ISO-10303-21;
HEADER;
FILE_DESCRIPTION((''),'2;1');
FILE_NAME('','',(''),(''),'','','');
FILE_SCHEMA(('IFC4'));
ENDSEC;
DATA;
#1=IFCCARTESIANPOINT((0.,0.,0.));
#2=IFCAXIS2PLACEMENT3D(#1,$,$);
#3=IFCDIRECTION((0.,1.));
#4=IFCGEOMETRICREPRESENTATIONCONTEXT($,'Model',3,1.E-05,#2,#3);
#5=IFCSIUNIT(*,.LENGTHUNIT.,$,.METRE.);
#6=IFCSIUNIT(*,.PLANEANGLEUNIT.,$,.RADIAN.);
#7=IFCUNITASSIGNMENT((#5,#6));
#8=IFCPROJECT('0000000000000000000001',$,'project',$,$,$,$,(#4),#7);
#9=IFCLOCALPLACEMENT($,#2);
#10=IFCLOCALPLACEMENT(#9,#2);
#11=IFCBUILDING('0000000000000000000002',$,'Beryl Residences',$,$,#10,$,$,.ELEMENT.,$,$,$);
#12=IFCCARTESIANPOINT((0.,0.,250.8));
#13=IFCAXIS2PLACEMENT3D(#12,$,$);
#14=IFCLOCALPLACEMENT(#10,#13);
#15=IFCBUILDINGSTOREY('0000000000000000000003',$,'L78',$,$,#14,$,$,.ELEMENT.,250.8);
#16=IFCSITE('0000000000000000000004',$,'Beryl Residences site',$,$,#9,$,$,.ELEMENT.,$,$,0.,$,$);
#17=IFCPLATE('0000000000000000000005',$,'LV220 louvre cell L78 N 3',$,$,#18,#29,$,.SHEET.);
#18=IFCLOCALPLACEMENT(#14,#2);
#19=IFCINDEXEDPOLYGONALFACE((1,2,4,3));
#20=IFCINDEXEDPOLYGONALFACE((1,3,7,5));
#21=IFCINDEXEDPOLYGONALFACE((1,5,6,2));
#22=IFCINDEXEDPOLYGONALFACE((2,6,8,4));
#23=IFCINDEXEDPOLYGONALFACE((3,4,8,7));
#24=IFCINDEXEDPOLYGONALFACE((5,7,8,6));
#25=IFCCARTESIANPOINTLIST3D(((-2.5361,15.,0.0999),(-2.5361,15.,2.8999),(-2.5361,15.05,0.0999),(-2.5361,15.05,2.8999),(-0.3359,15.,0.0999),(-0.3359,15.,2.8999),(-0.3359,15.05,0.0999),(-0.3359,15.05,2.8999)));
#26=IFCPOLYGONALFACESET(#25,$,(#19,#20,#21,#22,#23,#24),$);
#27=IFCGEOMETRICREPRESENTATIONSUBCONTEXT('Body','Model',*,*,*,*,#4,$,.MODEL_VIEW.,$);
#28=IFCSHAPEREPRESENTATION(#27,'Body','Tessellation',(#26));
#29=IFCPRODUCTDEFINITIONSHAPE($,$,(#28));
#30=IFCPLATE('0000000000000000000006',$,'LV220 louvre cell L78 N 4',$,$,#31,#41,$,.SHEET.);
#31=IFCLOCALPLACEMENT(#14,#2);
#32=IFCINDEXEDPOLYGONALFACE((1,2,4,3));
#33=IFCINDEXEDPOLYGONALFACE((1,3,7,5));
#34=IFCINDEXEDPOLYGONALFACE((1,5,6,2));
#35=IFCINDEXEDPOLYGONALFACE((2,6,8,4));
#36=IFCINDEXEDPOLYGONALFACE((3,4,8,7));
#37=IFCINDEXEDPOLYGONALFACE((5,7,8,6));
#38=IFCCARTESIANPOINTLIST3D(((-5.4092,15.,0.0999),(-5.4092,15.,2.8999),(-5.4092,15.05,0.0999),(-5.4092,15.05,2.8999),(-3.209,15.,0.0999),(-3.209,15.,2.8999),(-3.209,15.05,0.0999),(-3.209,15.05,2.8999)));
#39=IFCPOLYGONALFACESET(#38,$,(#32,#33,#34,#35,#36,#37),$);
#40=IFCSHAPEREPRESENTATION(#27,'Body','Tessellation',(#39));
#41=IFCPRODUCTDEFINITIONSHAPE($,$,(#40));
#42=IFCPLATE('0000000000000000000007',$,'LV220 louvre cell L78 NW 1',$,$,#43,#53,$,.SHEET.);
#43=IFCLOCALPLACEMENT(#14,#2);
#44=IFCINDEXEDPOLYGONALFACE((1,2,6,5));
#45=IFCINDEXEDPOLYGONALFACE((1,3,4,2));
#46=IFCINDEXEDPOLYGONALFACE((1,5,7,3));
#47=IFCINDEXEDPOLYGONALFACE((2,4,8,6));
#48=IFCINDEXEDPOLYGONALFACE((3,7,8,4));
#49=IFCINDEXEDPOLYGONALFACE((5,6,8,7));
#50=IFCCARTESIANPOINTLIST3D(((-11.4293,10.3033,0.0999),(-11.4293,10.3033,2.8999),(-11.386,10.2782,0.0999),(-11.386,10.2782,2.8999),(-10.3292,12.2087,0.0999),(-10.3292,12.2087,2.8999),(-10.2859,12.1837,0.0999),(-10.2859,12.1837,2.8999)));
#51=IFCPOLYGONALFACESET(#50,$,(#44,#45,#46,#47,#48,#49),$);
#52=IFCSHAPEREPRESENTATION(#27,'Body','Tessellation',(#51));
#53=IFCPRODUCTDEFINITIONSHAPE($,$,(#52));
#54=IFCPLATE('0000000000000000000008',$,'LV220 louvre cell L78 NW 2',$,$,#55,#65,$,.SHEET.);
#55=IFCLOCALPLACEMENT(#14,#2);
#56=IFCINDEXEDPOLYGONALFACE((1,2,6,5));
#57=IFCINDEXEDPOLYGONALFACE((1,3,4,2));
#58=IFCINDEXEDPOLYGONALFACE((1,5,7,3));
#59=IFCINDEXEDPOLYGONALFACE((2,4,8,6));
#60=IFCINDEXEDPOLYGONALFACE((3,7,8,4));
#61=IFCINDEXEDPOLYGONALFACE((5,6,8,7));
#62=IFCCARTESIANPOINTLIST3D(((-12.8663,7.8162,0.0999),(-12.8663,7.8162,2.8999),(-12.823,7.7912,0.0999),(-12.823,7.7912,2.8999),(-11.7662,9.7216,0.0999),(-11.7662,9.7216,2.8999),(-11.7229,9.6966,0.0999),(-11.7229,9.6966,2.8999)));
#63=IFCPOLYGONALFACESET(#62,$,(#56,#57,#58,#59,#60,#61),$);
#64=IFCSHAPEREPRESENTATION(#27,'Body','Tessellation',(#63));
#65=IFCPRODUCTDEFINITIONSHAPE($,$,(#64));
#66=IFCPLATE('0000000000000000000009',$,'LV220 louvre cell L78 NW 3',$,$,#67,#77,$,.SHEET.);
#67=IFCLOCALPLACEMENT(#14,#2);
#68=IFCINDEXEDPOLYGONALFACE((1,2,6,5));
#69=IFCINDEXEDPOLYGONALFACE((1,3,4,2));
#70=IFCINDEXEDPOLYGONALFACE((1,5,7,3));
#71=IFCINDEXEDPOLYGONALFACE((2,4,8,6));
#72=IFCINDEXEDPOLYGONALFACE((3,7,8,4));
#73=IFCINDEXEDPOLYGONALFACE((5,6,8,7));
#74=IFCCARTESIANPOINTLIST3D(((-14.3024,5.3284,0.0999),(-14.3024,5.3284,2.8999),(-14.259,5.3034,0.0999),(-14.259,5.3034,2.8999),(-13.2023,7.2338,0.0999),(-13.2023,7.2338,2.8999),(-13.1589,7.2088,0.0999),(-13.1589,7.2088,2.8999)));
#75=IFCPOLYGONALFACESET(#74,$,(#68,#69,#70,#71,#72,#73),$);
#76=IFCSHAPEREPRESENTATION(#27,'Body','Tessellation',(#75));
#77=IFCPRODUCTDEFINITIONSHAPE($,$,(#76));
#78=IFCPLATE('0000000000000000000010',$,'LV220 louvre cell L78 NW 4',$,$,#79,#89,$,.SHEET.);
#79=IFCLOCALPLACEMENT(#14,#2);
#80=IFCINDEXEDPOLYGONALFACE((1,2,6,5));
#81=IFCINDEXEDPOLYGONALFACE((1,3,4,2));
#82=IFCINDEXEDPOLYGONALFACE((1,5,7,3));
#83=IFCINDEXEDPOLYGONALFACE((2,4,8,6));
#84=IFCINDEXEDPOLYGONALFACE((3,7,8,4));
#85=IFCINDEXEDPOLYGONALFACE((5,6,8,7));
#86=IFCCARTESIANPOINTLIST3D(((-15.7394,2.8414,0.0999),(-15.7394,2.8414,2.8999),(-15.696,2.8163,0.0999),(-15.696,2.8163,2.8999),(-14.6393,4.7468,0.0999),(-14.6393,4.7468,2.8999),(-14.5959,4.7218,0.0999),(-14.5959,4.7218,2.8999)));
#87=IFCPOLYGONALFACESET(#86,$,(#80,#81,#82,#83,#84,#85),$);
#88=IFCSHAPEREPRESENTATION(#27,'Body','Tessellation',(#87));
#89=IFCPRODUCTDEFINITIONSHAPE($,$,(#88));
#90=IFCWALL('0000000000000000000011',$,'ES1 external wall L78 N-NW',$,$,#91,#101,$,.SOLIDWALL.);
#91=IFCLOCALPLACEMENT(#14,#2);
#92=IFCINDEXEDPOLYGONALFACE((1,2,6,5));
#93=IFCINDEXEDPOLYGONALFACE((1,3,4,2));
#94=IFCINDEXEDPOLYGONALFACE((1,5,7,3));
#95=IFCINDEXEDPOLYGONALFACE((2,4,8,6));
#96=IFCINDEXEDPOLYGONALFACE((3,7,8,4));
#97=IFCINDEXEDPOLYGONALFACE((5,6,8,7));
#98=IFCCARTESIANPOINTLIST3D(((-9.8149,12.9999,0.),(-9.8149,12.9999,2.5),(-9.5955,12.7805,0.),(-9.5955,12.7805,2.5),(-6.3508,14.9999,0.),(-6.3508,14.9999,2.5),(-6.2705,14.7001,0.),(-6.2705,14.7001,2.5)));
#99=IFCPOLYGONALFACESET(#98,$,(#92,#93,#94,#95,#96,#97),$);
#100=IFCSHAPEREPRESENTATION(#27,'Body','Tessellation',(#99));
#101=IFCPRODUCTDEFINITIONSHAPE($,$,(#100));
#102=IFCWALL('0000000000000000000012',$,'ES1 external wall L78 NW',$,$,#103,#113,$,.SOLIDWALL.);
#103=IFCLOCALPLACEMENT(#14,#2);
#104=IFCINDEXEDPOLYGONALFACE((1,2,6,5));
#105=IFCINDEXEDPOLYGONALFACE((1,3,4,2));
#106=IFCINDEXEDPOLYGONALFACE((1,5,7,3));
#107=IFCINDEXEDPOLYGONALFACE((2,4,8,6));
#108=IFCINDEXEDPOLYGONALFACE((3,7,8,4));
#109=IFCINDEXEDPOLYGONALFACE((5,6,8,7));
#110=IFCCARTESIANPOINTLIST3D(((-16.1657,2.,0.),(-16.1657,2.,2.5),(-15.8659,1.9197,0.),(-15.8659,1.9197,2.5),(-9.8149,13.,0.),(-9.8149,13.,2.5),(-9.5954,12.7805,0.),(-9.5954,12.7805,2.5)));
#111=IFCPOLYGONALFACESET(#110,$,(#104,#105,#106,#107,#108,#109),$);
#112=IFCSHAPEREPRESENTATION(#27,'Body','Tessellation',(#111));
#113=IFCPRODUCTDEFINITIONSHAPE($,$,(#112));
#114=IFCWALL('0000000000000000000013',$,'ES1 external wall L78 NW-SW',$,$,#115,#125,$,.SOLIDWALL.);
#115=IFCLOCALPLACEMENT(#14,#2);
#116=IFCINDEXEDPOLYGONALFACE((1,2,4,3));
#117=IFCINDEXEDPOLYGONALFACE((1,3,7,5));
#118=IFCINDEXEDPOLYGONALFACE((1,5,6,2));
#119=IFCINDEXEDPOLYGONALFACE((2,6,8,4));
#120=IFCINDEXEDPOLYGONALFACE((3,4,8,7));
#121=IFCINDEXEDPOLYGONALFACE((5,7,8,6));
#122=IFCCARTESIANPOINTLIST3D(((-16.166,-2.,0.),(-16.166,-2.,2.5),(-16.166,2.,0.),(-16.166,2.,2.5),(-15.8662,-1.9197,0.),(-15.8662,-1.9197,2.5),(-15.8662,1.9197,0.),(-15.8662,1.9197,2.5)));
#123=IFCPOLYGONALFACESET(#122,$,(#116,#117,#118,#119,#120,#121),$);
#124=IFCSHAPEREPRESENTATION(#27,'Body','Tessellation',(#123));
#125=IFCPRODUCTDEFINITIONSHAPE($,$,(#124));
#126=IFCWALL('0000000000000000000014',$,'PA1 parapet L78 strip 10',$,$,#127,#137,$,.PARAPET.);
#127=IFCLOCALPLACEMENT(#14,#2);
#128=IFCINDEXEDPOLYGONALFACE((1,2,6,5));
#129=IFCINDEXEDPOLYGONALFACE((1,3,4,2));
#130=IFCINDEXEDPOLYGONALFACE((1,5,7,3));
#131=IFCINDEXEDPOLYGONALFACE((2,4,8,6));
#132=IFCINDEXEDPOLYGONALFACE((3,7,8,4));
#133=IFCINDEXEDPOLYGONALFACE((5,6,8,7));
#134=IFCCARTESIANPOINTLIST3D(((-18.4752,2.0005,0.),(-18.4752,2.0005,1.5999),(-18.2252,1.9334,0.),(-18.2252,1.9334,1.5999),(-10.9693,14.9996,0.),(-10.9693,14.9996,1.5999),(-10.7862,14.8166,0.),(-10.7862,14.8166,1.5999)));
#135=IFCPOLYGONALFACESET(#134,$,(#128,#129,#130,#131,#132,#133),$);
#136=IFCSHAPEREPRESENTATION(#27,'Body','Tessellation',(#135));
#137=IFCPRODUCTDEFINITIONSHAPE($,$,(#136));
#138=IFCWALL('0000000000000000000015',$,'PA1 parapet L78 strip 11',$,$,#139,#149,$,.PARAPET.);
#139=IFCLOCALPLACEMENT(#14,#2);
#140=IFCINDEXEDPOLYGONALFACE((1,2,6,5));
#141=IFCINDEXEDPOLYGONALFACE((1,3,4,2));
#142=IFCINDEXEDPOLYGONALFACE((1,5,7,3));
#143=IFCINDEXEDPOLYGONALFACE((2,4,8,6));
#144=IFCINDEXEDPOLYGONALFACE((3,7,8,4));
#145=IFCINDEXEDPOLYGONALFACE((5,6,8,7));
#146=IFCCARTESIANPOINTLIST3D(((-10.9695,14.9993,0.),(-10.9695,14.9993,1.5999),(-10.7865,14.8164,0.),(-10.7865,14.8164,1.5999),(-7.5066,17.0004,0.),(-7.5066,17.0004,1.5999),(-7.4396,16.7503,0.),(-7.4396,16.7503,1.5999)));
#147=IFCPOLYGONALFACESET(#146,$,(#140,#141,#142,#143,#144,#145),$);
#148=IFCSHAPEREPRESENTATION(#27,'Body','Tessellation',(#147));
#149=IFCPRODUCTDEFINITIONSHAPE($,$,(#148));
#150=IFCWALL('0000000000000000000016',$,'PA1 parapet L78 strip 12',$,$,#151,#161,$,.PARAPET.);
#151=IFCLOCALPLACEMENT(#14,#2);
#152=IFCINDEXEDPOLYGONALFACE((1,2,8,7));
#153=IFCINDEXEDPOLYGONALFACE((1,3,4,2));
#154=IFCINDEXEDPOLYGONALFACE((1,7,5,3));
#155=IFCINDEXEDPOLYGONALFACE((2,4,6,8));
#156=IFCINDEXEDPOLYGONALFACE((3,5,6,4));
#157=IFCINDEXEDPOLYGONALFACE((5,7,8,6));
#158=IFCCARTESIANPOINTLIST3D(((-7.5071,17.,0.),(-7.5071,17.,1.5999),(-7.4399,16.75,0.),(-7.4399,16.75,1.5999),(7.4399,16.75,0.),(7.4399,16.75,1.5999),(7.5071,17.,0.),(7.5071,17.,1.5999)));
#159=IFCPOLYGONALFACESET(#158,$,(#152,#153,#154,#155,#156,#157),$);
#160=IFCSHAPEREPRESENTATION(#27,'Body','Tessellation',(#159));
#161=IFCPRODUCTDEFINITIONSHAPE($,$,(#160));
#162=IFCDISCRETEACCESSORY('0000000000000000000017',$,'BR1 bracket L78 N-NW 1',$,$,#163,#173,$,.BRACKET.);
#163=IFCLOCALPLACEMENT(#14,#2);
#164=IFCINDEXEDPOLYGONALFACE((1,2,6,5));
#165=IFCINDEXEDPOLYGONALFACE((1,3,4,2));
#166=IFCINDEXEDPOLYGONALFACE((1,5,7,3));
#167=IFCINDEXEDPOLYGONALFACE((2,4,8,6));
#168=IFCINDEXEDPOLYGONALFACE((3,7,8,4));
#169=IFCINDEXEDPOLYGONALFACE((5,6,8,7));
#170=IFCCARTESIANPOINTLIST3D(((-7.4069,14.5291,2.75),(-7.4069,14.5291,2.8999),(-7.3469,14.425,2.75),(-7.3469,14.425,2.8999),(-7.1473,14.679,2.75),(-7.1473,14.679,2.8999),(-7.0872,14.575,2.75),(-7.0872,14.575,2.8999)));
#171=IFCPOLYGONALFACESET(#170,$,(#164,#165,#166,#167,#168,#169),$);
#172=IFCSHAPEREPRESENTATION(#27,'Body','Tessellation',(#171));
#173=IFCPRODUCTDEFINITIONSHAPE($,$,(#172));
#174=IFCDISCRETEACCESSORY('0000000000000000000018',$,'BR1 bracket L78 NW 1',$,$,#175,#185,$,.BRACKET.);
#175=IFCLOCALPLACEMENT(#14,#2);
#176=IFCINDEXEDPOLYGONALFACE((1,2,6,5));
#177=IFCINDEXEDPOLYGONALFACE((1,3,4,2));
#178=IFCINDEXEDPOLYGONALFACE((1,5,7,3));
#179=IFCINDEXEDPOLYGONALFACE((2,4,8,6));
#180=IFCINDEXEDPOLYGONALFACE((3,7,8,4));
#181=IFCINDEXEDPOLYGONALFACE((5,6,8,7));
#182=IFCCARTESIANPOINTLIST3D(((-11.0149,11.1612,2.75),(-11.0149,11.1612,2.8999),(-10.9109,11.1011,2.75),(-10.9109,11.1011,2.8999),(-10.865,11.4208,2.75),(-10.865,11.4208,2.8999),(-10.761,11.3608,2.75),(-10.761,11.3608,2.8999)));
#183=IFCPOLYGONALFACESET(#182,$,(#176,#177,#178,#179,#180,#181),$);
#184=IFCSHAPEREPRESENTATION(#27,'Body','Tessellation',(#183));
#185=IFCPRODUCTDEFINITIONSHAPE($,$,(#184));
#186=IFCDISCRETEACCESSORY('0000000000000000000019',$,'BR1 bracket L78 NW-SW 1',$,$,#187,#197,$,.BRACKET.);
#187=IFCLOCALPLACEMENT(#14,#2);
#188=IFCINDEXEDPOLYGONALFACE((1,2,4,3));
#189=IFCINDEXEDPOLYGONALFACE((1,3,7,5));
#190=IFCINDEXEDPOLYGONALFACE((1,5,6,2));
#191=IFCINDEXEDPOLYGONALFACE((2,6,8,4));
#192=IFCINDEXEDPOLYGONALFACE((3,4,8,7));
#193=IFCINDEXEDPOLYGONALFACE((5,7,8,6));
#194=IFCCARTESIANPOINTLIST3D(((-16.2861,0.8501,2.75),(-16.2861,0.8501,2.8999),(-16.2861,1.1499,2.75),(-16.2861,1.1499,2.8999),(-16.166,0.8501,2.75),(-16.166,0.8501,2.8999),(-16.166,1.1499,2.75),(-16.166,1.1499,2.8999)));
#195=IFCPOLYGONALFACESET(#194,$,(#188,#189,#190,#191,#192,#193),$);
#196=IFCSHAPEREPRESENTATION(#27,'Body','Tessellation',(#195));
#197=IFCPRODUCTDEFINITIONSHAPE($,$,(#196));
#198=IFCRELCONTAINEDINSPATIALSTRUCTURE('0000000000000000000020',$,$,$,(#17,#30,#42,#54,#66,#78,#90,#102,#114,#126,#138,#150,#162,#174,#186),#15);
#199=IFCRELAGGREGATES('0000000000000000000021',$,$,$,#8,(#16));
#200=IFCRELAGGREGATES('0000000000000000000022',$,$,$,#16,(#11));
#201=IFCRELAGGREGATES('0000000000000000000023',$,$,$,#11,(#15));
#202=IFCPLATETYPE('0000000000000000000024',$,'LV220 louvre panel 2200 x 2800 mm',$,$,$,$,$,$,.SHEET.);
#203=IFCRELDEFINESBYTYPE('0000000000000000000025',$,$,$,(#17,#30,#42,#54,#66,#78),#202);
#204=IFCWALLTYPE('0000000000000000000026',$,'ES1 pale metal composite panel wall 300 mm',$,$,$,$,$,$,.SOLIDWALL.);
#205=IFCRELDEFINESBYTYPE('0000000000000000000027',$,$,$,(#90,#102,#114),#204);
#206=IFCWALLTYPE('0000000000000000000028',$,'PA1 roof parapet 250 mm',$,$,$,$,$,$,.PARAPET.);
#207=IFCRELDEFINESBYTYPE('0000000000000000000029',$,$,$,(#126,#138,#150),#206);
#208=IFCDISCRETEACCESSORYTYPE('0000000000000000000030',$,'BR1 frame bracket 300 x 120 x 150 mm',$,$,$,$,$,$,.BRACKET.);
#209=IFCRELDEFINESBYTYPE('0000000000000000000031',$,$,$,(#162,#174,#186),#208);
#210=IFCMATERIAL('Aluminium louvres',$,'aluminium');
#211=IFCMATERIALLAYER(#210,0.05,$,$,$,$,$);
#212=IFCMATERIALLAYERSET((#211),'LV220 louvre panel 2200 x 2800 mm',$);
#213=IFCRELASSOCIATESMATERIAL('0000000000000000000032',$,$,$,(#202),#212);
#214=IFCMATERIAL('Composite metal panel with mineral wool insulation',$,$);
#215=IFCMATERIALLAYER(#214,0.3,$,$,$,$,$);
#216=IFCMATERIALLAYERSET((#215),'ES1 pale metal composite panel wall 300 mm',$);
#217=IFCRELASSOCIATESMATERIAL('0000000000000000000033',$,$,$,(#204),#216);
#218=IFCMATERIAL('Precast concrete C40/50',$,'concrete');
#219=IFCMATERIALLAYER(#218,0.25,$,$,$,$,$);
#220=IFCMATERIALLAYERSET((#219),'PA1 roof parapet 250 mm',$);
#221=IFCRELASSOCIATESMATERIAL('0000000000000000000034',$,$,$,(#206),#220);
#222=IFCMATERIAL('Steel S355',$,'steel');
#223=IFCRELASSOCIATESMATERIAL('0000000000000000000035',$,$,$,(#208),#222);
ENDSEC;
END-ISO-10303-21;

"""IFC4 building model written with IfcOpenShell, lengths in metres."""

from ifc_helpers import new_model, si_unit, direction, frame, origin, place, context, subcontext, project, spatial, polyline, outline, extrude, source, transform, mapped, material, layer, layer_set, type_object, type_shapes, element, save


model = new_model("IFC4")

# Units and contexts
model_context = context("Model", 3, precision=1e-05, world=origin(), true_north=direction((0.0, 1.0)))
body_context = subcontext(model_context, "Body", "Model", "MODEL_VIEW")
ifc_project = project(units=[si_unit("LENGTHUNIT", "METRE"), si_unit("PLANEANGLEUNIT", "RADIAN")], contexts=[model_context])

# Site, building, storey
site_placement = place(None, origin())
site = spatial("IfcSite", under=ifc_project, at=site_placement, Name="Beryl Residences site", CompositionType="ELEMENT", RefElevation=0.0)
building_placement = place(site_placement, origin())
building = spatial("IfcBuilding", under=site, at=building_placement, Name="Beryl Residences", CompositionType="ELEMENT")
storey_placement = place(building_placement, frame((0.0, 0.0, 250.8)))
storey = spatial("IfcBuildingStorey", under=building, at=storey_placement, Name="L78", CompositionType="ELEMENT", Elevation=250.8)

# Plates
ifc_material_1 = material(Name="Aluminium louvres", Category="aluminium")
ifc_layer_1 = layer(ifc_material_1, 0.05)
ifc_layer_set_1 = layer_set([ifc_layer_1], Name="LV220 louvre panel 2200 x 2800 mm")
plate_type_1 = type_object("IfcPlateType", Name="LV220 louvre panel 2200 x 2800 mm", PredefinedType="SHEET", material=ifc_layer_set_1)
shared_shape_1 = source(origin(), body_context, "Body", "SweptSolid", [
    extrude(outline(polyline([(-1.1001, 0.0), (1.1001, 0.0), (1.1001, 0.05), (-1.1001, 0.05), (-1.1001, 0.0)])), origin(), (0.0, 0.0, 1.0), 2.8),
])
type_shapes(plate_type_1, [shared_shape_1])
for number, where, z_axis, x_axis, name in (
    (1, (-1.436, 15.0, 0.0999), (0.0, 0.0, 1.0), (1.0, 0.0, 0.0), "LV220 louvre cell L78 N 3"),
    (2, (-4.3091, 15.0, 0.0999), (0.0, 0.0, 1.0), (1.0, 0.0, 0.0), "LV220 louvre cell L78 N 4"),
    (3, (-10.8359, 11.231, 0.0999), (0.0, 0.0, 1.0), (0.5, 0.866025, 0.0), "LV220 louvre cell L78 NW 1"),
    (4, (-12.2729, 8.7439, 0.0999), (0.0, 0.0, 1.0), (0.5, 0.866025, 0.0), "LV220 louvre cell L78 NW 2"),
    (5, (-13.709, 6.2561, 0.0999), (0.0, 0.0, 1.0), (0.5, 0.866025, 0.0), "LV220 louvre cell L78 NW 3"),
    (6, (-15.146, 3.769, 0.0999), (0.0, 0.0, 1.0), (0.5, 0.866025, 0.0), "LV220 louvre cell L78 NW 4"),
):
    element("IfcPlate", number, at=place(storey_placement, frame(where, z_axis=z_axis, x_axis=x_axis)), inside=storey, type_object=plate_type_1, Name=name, PredefinedType="SHEET", context=body_context, shape_type="MappedRepresentation", body=[
        mapped(shared_shape_1, transform((0.0, 0.0, 0.0))),
    ])

# Walls
ifc_material_2 = material(Name="Composite metal panel with mineral wool insulation")
ifc_layer_2 = layer(ifc_material_2, 0.3)
ifc_layer_set_2 = layer_set([ifc_layer_2], Name="ES1 pale metal composite panel wall 300 mm")
wall_type_1 = type_object("IfcWallType", Name="ES1 pale metal composite panel wall 300 mm", PredefinedType="SOLIDWALL", material=ifc_layer_set_2)
wall_1_placement = place(storey_placement, frame((-6.2759, 14.8701, 0.0), z_axis=(0.0, 0.0, 1.0), x_axis=(-0.866026, -0.499999, 0.0)))
element("IfcWall", 7, at=wall_1_placement, inside=storey, type_object=wall_type_1, Name="ES1 external wall L78 N-NW", PredefinedType="SOLIDWALL", context=body_context, shape_type="SweptSolid", body=[
    extrude(outline(polyline([(0.0, -0.1499), (4.0, -0.1499), (3.9197, 0.1499), (0.0803, 0.1499), (0.0, -0.1499)])), origin(), (0.0, 0.0, 1.0), 2.5),
])
wall_2_placement = place(storey_placement, frame((-9.6851, 12.925, 0.0), z_axis=(0.0, 0.0, 1.0), x_axis=(-0.499999, -0.866026, 0.0)))
element("IfcWall", 8, at=wall_2_placement, inside=storey, type_object=wall_type_1, Name="ES1 external wall L78 NW", PredefinedType="SOLIDWALL", context=body_context, shape_type="SweptSolid", body=[
    extrude(outline(polyline([(0.0, -0.1499), (12.7017, -0.1499), (12.6213, 0.1499), (0.0803, 0.1499), (0.0, -0.1499)])), origin(), (0.0, 0.0, 1.0), 2.5),
])
wall_3_placement = place(storey_placement, frame((-16.0161, 2.0, 0.0), z_axis=(0.0, 0.0, 1.0), x_axis=(0.0, -1.0, 0.0)))
element("IfcWall", 9, at=wall_3_placement, inside=storey, type_object=wall_type_1, Name="ES1 external wall L78 NW-SW", PredefinedType="SOLIDWALL", context=body_context, shape_type="SweptSolid", body=[
    extrude(outline(polyline([(0.0, -0.1499), (4.0, -0.1499), (3.9197, 0.1499), (0.0803, 0.1499), (0.0, -0.1499)])), origin(), (0.0, 0.0, 1.0), 2.5),
])
ifc_material_3 = material(Name="Precast concrete C40/50", Category="concrete")
ifc_layer_3 = layer(ifc_material_3, 0.25)
ifc_layer_set_3 = layer_set([ifc_layer_3], Name="PA1 roof parapet 250 mm")
wall_type_2 = type_object("IfcWallType", Name="PA1 roof parapet 250 mm", PredefinedType="PARAPET", material=ifc_layer_set_3)
wall_4_placement = place(storey_placement, frame((-18.3669, 1.938, 0.0), z_axis=(0.0, 0.0, 1.0), x_axis=(0.500043, 0.866, 0.0)))
element("IfcWall", 10, at=wall_4_placement, inside=storey, type_object=wall_type_2, Name="PA1 parapet L78 strip 10", PredefinedType="PARAPET", context=body_context, shape_type="SweptSolid", body=[
    extrude(outline(polyline([(0.0669, -0.125), (14.9436, -0.125), (15.0105, 0.125), (0.0, 0.125), (0.0669, -0.125)])), origin(), (0.0, 0.0, 1.0), 1.5999),
])
wall_5_placement = place(storey_placement, frame((-10.907, 14.8911, 0.0), z_axis=(0.0, 0.0, 1.0), x_axis=(0.865844, 0.500314, 0.0)))
element("IfcWall", 11, at=wall_5_placement, inside=storey, type_object=wall_type_2, Name="PA1 parapet L78 strip 11", PredefinedType="PARAPET", context=body_context, shape_type="SweptSolid", body=[
    extrude(outline(polyline([(0.0669, -0.125), (3.9324, -0.125), (3.9995, 0.125), (0.0, 0.125), (0.0669, -0.125)])), origin(), (0.0, 0.0, 1.0), 1.5999),
])
wall_6_placement = place(storey_placement, frame((-7.5071, 16.875, 0.0), z_axis=(0.0, 0.0, 1.0), x_axis=(1.0, 0.0, 0.0)))
element("IfcWall", 12, at=wall_6_placement, inside=storey, type_object=wall_type_2, Name="PA1 parapet L78 strip 12", PredefinedType="PARAPET", context=body_context, shape_type="SweptSolid", body=[
    extrude(outline(polyline([(0.0671, -0.125), (14.947, -0.125), (15.0142, 0.125), (0.0, 0.125), (0.0671, -0.125)])), origin(), (0.0, 0.0, 1.0), 1.5999),
])

# Discrete accessories
ifc_material_4 = material(Name="Steel S355", Category="steel")
discrete_accessory_type = type_object("IfcDiscreteAccessoryType", Name="BR1 frame bracket 300 x 120 x 150 mm", PredefinedType="BRACKET", material=ifc_material_4)
shared_shape_2 = source(origin(), body_context, "Body", "SweptSolid", [
    extrude(outline(polyline([(-0.1499, 0.0), (0.1499, 0.0), (0.1499, 0.1201), (-0.1499, 0.1201), (-0.1499, 0.0)])), origin(), (0.0, 0.0, 1.0), 0.1499),
])
type_shapes(discrete_accessory_type, [shared_shape_2])
for number, where, z_axis, x_axis, name in (
    (13, (-7.217, 14.5, 2.75), (0.0, 0.0, 1.0), (0.866025, 0.5, 0.0), "BR1 bracket L78 N-NW 1"),
    (14, (-10.8359, 11.231, 2.75), (0.0, 0.0, 1.0), (0.5, 0.866025, 0.0), "BR1 bracket L78 NW 1"),
    (15, (-16.166, 1.0, 2.75), (0.0, 0.0, 1.0), (0.0, 1.0, 0.0), "BR1 bracket L78 NW-SW 1"),
):
    element("IfcDiscreteAccessory", number, at=place(storey_placement, frame(where, z_axis=z_axis, x_axis=x_axis)), inside=storey, type_object=discrete_accessory_type, Name=name, PredefinedType="BRACKET", context=body_context, shape_type="MappedRepresentation", body=[
        mapped(shared_shape_2, transform((0.0, 0.0, 0.0))),
    ])

save(model, "model.ifc")
